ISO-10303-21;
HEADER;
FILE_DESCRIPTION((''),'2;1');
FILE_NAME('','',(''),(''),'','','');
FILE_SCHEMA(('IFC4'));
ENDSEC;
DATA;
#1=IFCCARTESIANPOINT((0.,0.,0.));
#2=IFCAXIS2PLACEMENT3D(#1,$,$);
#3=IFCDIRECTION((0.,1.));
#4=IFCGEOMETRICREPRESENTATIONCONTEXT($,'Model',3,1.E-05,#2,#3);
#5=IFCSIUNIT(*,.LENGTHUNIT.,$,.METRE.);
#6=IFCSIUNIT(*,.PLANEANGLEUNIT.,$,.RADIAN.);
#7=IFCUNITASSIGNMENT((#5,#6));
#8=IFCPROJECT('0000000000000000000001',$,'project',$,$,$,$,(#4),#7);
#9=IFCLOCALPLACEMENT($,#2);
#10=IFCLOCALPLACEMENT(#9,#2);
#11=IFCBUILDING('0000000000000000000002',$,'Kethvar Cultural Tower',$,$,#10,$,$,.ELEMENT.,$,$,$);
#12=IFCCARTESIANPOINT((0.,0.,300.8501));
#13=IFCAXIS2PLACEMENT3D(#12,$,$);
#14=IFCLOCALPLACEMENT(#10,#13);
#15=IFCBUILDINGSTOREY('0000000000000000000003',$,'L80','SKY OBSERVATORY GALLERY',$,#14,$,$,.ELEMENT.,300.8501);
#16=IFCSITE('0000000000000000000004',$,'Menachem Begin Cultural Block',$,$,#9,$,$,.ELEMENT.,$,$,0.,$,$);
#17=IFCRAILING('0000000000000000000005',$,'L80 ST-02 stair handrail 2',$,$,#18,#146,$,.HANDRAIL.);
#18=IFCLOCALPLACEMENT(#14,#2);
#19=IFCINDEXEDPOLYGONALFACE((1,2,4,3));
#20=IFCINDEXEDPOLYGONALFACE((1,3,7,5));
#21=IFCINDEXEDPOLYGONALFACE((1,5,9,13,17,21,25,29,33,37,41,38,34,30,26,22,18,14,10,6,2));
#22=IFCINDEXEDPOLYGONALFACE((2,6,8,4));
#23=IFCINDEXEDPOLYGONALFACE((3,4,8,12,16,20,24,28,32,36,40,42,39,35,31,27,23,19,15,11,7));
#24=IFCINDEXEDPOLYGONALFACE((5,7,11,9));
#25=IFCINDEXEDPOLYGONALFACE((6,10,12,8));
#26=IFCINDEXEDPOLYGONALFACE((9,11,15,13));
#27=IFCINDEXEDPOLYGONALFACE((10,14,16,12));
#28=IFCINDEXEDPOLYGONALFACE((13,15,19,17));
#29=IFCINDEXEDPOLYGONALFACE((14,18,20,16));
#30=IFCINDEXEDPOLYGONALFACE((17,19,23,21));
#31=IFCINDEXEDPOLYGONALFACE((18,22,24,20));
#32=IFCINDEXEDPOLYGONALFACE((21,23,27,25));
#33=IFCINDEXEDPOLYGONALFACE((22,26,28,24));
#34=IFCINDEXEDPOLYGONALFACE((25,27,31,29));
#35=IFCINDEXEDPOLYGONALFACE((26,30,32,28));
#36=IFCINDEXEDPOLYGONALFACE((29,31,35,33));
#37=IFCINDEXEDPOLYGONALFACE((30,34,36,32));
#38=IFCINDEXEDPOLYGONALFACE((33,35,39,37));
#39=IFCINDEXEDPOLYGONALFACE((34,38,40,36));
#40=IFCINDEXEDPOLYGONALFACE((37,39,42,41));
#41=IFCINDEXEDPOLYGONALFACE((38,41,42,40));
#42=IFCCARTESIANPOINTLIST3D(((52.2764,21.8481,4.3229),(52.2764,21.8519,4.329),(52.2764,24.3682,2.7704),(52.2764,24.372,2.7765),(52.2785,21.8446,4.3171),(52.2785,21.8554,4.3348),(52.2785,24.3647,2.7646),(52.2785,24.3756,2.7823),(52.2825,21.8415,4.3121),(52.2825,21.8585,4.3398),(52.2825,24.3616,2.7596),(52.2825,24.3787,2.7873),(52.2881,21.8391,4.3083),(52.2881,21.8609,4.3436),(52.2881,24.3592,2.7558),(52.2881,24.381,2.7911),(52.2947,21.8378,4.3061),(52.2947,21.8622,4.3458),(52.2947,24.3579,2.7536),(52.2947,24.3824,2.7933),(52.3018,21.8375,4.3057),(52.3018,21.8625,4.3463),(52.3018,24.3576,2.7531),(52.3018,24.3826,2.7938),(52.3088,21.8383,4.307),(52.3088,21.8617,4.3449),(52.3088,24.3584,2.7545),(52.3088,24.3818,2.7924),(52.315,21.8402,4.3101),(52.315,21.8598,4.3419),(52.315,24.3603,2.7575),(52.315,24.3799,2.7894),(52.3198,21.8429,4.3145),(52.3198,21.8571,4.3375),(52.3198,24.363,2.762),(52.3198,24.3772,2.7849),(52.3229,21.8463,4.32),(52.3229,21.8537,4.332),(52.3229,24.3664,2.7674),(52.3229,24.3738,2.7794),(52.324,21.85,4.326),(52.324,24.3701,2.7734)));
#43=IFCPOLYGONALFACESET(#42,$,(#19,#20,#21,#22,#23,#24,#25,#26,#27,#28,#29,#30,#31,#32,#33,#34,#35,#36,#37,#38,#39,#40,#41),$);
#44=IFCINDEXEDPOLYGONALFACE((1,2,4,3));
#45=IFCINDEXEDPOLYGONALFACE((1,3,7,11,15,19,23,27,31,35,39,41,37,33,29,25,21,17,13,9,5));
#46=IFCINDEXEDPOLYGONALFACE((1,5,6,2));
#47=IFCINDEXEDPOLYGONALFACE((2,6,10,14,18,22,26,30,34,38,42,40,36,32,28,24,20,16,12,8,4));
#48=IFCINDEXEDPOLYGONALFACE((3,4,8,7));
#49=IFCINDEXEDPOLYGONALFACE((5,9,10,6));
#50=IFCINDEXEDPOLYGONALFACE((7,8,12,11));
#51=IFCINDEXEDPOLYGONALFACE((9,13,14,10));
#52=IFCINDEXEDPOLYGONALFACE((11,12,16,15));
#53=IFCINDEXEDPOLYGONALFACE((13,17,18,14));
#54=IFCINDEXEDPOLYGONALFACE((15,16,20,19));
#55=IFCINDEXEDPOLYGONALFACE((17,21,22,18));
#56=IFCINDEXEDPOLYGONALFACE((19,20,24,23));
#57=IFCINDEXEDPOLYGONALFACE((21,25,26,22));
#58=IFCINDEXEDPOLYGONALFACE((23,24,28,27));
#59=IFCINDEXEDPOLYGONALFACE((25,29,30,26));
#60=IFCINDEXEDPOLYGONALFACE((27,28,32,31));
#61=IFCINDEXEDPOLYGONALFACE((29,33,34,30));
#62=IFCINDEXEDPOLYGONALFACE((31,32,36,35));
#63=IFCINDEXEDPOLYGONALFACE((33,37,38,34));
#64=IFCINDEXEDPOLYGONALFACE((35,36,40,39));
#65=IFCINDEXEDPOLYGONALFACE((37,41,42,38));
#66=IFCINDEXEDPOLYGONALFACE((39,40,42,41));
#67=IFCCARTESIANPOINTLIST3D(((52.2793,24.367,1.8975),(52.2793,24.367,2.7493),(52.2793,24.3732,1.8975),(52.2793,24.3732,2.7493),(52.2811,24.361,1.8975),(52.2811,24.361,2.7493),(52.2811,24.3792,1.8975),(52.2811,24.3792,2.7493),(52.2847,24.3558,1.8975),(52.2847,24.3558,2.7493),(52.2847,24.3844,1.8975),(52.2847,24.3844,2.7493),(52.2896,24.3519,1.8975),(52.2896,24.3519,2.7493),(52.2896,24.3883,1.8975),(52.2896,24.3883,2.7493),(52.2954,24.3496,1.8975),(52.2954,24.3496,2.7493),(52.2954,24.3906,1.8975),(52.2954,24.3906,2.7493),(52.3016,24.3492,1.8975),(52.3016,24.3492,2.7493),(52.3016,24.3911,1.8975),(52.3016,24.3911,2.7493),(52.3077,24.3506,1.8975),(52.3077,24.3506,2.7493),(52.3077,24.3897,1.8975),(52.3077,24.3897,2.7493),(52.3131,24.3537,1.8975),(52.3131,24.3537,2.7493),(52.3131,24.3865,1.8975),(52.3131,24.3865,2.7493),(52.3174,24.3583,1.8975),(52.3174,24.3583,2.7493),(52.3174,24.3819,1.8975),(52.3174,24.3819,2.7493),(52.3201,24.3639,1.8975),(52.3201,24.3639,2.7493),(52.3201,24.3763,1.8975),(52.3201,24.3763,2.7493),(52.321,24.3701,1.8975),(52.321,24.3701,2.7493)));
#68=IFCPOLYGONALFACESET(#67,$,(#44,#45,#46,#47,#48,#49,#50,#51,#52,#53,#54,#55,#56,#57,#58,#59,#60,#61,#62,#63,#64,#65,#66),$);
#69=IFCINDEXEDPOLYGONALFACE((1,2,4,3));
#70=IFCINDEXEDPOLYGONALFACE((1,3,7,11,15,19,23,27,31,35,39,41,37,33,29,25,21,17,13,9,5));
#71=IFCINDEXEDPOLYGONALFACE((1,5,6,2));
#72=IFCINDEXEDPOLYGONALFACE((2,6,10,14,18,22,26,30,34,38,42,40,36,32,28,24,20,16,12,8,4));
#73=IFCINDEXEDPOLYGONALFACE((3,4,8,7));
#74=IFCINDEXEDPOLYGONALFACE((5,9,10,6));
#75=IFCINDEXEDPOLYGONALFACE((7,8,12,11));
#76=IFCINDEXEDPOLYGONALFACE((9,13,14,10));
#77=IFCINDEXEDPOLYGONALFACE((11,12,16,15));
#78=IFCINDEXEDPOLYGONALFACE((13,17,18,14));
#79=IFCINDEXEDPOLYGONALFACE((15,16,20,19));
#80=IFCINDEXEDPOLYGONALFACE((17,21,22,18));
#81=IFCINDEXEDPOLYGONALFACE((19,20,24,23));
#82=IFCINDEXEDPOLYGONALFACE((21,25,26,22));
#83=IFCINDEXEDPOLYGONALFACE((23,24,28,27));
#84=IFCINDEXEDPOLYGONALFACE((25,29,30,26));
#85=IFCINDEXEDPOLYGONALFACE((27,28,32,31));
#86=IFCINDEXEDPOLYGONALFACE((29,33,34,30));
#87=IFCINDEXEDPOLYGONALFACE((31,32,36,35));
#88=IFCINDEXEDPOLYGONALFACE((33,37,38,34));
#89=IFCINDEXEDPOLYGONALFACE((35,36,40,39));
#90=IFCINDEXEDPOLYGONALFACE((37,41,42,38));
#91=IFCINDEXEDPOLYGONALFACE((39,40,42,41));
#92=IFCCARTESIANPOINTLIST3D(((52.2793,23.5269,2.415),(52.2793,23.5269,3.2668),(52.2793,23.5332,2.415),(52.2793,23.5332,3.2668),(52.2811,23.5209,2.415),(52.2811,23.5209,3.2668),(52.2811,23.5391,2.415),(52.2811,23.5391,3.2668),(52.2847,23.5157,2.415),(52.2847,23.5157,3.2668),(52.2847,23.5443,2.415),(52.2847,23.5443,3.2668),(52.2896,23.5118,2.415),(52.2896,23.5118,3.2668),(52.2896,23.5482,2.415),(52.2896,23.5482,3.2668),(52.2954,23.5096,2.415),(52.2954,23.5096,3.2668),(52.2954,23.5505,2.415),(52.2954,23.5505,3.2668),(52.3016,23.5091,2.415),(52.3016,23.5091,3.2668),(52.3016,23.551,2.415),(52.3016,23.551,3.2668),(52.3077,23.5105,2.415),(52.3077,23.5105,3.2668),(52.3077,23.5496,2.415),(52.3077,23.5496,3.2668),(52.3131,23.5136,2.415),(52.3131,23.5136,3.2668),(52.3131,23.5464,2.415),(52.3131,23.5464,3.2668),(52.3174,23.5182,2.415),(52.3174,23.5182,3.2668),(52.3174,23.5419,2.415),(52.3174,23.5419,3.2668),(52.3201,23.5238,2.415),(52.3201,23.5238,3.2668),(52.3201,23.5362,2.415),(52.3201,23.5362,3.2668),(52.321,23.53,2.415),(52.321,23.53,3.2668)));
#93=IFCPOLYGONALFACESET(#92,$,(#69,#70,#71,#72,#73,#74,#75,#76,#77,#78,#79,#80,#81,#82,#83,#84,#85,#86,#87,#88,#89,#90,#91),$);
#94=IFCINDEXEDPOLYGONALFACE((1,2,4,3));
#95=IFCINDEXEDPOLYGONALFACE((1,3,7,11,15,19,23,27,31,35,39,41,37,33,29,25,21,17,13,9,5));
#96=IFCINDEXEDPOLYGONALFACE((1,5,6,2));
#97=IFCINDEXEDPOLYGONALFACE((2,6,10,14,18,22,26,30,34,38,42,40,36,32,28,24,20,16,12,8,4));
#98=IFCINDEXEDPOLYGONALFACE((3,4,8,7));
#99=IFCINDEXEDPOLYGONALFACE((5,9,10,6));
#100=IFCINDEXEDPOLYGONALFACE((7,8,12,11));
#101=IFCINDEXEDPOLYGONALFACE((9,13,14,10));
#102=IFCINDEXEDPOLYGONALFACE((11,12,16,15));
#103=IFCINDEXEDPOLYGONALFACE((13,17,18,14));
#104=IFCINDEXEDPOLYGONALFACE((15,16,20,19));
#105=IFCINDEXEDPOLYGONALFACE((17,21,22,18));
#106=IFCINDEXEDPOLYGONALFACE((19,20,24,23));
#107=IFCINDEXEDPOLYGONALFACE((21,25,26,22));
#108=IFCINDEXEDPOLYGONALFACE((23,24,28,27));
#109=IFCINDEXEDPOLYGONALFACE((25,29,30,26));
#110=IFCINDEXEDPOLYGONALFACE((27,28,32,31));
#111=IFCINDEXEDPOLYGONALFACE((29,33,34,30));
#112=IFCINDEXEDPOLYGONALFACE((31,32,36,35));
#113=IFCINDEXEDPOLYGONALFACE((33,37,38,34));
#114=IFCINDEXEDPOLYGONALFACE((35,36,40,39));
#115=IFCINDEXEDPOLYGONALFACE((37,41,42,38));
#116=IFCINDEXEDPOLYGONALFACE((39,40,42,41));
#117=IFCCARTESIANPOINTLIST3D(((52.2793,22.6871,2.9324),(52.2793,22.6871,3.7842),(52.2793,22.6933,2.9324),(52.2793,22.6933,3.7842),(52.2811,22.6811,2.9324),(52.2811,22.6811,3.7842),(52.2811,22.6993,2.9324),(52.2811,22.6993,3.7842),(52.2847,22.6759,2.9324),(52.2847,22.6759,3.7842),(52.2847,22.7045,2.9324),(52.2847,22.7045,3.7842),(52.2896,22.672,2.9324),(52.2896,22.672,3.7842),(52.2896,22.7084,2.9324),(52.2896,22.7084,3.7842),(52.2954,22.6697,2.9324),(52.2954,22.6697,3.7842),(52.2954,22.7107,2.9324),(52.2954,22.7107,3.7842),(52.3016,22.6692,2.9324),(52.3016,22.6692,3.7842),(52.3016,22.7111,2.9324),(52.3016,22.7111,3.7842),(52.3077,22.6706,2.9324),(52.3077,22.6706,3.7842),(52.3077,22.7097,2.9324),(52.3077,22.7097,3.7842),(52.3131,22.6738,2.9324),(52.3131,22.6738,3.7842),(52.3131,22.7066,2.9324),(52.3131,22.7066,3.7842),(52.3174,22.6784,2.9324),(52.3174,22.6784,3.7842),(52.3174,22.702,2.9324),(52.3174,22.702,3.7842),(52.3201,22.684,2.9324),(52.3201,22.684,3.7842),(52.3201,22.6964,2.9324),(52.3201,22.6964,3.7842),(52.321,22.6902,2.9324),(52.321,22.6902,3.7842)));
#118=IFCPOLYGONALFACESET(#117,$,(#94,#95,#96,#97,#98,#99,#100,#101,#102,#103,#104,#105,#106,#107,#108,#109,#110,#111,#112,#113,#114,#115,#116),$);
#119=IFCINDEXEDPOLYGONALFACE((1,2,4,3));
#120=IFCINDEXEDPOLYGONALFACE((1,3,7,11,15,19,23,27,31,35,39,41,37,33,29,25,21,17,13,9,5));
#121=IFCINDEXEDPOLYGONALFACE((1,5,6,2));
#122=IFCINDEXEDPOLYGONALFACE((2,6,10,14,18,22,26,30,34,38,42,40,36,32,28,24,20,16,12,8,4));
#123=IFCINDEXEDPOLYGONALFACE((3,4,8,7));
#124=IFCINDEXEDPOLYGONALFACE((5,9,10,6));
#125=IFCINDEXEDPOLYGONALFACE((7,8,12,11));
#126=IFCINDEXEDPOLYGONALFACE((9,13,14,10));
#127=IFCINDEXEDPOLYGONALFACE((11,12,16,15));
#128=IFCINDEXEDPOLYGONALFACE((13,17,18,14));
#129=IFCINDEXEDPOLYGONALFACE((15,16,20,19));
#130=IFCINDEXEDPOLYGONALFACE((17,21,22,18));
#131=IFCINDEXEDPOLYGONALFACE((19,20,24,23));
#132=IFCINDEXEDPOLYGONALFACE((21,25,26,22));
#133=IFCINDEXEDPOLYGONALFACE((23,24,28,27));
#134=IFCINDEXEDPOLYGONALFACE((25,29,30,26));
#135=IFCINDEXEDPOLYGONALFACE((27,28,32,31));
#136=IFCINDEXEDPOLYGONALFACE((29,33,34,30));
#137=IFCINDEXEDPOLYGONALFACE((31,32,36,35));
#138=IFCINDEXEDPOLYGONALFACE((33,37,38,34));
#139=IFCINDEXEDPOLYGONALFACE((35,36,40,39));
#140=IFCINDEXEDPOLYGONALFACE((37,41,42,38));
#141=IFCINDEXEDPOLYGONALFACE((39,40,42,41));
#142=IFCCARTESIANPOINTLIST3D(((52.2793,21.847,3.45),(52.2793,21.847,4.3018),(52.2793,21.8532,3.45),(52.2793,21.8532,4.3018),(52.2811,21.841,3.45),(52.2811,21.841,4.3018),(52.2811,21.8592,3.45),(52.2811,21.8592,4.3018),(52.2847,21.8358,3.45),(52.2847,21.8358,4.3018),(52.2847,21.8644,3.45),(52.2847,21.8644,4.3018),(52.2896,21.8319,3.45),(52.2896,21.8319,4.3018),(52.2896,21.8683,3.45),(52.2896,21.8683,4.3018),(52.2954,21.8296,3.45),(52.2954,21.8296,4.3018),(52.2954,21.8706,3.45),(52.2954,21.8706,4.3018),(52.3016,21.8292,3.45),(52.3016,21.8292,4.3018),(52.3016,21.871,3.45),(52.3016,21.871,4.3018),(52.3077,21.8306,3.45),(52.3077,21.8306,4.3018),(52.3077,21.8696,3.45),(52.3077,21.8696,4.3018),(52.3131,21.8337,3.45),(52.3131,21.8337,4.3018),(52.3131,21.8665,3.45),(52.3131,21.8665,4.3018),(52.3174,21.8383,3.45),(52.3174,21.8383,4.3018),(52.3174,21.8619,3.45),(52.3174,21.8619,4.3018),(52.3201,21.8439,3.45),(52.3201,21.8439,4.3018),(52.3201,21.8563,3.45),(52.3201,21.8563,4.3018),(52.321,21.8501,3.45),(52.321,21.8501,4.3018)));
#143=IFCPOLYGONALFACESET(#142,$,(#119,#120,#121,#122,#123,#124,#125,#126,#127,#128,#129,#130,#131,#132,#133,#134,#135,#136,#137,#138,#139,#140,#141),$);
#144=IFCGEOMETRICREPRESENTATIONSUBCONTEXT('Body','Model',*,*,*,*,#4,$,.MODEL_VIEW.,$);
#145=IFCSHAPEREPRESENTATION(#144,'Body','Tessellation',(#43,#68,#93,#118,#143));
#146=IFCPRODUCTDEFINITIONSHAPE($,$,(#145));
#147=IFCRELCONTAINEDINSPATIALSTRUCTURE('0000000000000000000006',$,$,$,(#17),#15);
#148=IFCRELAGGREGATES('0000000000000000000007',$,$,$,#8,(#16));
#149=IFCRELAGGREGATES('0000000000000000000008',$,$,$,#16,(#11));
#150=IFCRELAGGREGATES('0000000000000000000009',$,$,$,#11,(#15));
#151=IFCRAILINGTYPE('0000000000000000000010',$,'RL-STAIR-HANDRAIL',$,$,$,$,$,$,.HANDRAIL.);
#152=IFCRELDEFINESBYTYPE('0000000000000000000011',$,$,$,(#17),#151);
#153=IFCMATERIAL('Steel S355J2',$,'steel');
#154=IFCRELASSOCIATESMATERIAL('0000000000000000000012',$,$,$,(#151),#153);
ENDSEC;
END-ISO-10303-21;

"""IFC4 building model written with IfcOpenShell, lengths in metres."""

from ifc_helpers import new_model, si_unit, direction, frame, origin, origin_2d, place, context, subcontext, project, spatial, circle, extrude, material, type_object, element, save


model = new_model("IFC4")

# Units and contexts
model_context = context("Model", 3, precision=1e-05, world=origin(), true_north=direction((0.0, 1.0)))
body_context = subcontext(model_context, "Body", "Model", "MODEL_VIEW")
ifc_project = project(units=[si_unit("LENGTHUNIT", "METRE"), si_unit("PLANEANGLEUNIT", "RADIAN")], contexts=[model_context])

# Site, building, storey
site_placement = place(None, origin())
site = spatial("IfcSite", under=ifc_project, at=site_placement, Name="Menachem Begin Cultural Block", CompositionType="ELEMENT", RefElevation=0.0)
building_placement = place(site_placement, origin())
building = spatial("IfcBuilding", under=site, at=building_placement, Name="Kethvar Cultural Tower", CompositionType="ELEMENT")
storey_placement = place(building_placement, frame((0.0, 0.0, 300.8501)))
storey = spatial("IfcBuildingStorey", under=building, at=storey_placement, Name="L80", Description="SKY OBSERVATORY GALLERY", CompositionType="ELEMENT", Elevation=300.8501)

# Shared definitions
ifc_material_1 = material(Name="Steel S355J2", Category="steel")

# Railing
railing_type_1 = type_object("IfcRailingType", Name="RL-STAIR-HANDRAIL", PredefinedType="HANDRAIL", material=ifc_material_1)
railing_1_placement = place(storey_placement, frame((52.3, 24.3701, 1.8975)))
element("IfcRailing", 1, at=railing_1_placement, inside=storey, type_object=railing_type_1, Name="L80 ST-02 stair handrail 2", PredefinedType="HANDRAIL", context=body_context, shape_type="SweptSolid", body=[
    extrude(circle(Radius=0.0239, at=origin_2d()), frame((0.0, 0.0, 0.876), z_axis=(0.0, -0.8514, 0.524516), x_axis=(1.0, 0.0, 0.0)), (0.0, 0.0, 1.0), 2.96),
    extrude(circle(Radius=0.021, at=origin_2d()), origin(), (0.0, 0.0, 1.0), 0.8518),
    extrude(circle(Radius=0.021, at=origin_2d()), frame((0.0, -0.8401, 0.5176)), (0.0, 0.0, 1.0), 0.8518),
    extrude(circle(Radius=0.021, at=origin_2d()), frame((0.0, -1.6799, 1.0349)), (0.0, 0.0, 1.0), 0.8518),
    extrude(circle(Radius=0.021, at=origin_2d()), frame((0.0, -2.52, 1.5525)), (0.0, 0.0, 1.0), 0.8518),
])

save(model, "model.ifc")
